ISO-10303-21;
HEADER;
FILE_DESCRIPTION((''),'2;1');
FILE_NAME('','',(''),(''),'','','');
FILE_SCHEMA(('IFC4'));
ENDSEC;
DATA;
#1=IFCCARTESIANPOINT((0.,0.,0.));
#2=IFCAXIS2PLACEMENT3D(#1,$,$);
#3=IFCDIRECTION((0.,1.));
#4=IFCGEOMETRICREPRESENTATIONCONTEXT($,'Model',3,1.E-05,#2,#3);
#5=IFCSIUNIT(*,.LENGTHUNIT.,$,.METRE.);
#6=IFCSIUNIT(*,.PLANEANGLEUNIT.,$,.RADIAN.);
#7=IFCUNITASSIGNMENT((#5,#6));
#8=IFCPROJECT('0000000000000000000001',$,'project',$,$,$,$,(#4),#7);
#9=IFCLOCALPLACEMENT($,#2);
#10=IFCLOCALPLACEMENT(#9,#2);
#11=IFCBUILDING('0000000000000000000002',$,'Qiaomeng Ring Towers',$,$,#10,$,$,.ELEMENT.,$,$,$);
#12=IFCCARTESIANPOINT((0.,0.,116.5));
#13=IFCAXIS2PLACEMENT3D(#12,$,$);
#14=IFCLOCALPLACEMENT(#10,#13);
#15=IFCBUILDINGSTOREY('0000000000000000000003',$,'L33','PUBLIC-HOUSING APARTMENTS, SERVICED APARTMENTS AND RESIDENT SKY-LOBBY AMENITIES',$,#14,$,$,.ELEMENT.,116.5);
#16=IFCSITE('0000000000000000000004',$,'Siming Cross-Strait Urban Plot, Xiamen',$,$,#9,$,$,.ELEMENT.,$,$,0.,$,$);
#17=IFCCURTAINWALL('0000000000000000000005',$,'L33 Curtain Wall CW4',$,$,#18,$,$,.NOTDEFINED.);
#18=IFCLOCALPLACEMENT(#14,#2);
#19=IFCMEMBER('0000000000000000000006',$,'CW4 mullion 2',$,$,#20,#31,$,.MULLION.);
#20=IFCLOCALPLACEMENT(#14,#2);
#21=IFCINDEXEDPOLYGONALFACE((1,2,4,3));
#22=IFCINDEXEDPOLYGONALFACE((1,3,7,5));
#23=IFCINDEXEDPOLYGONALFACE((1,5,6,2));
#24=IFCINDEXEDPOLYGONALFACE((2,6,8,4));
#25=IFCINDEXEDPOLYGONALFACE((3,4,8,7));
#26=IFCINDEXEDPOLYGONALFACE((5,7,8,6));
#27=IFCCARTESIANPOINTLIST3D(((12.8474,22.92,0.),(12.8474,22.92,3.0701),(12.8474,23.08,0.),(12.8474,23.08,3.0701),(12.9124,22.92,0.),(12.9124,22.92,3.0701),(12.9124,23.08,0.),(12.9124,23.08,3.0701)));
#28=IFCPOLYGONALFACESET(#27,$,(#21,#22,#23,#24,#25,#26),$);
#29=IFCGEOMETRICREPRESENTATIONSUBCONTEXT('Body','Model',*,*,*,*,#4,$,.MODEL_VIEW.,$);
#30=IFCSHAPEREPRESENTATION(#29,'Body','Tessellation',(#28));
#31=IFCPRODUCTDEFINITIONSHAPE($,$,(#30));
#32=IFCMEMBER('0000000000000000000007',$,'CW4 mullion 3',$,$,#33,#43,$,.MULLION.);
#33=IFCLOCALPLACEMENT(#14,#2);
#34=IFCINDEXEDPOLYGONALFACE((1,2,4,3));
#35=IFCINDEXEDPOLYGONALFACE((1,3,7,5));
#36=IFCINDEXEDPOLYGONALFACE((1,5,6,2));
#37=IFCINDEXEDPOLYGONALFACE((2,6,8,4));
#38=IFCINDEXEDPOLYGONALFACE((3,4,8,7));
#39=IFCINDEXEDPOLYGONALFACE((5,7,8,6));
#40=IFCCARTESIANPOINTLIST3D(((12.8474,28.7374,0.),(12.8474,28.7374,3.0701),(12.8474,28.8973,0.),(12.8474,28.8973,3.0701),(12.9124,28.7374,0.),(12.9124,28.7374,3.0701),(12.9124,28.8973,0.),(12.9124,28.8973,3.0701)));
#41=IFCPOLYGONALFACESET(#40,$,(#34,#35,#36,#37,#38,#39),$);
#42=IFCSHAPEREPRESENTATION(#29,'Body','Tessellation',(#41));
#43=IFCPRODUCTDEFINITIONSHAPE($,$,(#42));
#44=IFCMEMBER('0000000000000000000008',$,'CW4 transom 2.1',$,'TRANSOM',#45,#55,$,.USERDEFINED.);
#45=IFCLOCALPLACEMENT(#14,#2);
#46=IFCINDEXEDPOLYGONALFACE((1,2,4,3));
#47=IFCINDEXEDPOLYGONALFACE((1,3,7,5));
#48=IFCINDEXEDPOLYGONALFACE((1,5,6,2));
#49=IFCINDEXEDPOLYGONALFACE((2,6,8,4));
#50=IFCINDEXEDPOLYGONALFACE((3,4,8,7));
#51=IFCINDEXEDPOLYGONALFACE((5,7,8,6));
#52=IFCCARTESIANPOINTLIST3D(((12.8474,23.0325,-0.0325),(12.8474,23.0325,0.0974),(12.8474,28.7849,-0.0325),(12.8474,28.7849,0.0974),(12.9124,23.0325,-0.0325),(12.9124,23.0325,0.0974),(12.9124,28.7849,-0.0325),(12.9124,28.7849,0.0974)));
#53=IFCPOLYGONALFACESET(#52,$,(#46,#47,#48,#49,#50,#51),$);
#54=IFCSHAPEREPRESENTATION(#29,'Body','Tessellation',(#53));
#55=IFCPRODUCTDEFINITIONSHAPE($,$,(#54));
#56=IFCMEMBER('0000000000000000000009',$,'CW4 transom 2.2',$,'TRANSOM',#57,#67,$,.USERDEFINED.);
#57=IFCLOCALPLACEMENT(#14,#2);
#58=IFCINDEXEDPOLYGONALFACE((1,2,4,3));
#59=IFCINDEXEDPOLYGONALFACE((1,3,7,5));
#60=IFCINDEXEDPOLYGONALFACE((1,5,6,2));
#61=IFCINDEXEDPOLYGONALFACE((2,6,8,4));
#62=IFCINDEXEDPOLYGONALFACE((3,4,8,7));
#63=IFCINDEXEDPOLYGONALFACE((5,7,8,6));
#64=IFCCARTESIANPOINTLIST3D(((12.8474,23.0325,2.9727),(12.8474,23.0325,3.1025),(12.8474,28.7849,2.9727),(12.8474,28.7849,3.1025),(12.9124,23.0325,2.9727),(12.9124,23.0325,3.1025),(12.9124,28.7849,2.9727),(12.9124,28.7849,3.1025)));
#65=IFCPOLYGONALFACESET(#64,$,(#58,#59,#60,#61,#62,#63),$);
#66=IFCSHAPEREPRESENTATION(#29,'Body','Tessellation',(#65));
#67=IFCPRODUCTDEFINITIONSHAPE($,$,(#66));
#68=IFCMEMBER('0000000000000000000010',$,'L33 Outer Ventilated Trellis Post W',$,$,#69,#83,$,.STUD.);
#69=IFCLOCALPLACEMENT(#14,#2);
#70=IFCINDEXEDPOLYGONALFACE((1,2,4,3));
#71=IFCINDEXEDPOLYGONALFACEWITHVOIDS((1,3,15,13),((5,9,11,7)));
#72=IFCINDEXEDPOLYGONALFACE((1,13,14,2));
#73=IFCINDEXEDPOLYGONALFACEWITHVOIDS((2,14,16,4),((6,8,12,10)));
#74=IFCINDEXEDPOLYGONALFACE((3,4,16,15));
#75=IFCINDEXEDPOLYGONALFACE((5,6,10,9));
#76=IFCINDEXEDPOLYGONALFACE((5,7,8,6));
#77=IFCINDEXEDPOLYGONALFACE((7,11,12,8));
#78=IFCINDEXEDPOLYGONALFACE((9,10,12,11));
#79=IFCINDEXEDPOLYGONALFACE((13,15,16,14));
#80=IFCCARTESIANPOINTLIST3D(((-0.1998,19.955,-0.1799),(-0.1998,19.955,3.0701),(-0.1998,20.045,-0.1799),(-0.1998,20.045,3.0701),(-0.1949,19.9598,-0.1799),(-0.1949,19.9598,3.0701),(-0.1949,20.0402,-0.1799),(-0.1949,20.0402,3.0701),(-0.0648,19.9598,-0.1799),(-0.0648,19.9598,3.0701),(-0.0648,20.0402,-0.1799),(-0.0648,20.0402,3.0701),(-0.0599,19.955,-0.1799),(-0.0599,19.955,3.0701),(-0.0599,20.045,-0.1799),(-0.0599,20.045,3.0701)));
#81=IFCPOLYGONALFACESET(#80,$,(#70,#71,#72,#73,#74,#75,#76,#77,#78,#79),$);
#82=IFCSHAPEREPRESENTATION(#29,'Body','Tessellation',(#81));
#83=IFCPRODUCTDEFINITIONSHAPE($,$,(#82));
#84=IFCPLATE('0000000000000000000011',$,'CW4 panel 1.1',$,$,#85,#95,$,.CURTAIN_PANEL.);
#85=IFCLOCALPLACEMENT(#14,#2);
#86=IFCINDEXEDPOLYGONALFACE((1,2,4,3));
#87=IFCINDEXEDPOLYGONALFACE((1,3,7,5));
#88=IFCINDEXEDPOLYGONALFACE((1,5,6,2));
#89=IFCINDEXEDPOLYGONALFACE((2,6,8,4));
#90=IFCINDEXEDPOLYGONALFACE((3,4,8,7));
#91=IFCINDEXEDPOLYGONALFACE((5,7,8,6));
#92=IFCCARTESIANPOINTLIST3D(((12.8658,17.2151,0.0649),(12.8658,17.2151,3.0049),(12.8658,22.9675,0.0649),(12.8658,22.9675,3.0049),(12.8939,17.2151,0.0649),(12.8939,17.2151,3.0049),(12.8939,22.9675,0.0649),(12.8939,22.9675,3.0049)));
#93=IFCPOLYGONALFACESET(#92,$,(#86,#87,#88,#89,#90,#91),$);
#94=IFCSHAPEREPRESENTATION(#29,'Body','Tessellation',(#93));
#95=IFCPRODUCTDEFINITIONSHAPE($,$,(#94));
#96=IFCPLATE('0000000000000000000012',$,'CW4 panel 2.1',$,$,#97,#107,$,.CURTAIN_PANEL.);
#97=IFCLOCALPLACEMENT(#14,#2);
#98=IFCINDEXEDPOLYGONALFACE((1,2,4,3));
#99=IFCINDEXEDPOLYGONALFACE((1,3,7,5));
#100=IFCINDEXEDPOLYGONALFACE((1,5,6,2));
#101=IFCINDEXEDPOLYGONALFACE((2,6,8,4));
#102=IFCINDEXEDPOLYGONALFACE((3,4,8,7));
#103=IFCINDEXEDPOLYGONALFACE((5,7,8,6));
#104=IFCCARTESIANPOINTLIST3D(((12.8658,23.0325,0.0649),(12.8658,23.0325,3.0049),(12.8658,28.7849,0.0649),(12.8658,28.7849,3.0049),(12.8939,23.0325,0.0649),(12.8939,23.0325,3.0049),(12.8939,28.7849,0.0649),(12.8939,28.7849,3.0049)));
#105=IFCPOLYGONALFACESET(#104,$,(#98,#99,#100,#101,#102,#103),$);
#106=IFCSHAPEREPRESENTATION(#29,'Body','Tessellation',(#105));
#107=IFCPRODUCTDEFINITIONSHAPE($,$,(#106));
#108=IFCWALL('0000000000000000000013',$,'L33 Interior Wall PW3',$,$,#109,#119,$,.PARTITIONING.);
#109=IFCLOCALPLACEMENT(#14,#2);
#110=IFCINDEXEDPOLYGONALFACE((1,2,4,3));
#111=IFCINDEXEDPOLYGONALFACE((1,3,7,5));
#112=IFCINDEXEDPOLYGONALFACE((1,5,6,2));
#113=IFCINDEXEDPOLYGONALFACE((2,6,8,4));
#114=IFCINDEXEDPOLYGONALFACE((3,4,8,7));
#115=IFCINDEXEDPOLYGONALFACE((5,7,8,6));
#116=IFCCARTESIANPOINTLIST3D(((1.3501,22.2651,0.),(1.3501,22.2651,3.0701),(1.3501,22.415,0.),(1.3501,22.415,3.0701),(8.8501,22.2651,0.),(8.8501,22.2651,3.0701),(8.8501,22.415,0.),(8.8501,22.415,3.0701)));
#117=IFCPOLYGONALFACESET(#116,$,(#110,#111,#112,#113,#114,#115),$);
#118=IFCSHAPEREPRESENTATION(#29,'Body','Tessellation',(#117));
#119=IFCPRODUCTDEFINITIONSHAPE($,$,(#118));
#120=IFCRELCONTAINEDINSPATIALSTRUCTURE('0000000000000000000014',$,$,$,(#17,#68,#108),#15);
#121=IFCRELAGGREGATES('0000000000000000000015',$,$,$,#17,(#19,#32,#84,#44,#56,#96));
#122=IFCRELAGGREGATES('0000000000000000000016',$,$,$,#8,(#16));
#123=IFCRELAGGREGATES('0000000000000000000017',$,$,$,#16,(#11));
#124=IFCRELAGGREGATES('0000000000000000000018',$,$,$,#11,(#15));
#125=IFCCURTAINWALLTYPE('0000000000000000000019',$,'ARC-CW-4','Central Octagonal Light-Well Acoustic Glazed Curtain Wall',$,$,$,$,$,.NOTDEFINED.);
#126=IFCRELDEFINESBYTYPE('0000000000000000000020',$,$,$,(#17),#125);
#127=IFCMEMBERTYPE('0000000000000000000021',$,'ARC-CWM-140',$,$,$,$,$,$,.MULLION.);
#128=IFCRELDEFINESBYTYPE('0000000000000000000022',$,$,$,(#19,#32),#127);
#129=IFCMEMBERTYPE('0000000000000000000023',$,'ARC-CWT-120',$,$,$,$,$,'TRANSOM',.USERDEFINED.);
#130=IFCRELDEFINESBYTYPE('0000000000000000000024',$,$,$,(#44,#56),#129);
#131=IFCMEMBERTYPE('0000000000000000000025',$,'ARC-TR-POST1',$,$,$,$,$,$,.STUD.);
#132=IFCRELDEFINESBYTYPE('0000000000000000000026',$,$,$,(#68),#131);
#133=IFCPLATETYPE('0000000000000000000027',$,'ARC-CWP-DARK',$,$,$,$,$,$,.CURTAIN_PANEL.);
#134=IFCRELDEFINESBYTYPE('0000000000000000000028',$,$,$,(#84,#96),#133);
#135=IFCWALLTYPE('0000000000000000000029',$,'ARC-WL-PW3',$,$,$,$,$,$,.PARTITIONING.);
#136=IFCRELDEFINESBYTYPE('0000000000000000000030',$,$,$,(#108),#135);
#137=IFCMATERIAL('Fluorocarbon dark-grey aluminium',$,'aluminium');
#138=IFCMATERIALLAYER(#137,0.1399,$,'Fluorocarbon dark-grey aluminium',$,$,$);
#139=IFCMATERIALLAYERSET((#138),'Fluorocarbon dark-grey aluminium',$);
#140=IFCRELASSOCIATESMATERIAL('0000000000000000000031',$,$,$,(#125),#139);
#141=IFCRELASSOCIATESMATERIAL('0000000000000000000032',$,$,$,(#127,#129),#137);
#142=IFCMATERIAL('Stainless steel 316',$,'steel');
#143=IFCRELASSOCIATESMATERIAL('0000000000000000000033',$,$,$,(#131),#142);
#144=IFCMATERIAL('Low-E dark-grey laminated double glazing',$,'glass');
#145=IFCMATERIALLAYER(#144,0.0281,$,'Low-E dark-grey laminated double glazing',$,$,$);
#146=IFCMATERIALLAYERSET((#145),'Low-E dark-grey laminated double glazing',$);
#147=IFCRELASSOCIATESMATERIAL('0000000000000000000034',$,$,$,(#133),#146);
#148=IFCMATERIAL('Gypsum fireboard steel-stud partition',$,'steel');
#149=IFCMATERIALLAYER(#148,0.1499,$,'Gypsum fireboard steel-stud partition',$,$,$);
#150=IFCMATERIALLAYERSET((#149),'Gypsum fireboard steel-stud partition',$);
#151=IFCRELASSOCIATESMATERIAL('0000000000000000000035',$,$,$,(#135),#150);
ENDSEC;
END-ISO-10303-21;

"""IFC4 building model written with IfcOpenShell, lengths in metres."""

from ifc_helpers import new_model, si_unit, direction, frame, frame_2d, origin, origin_2d, place, context, subcontext, project, spatial, rectangle, hollow_rectangle, extrude, source, transform, mapped, material, layer, layer_set, material_profile, profile_set, type_object, element, aggregate, save


model = new_model("IFC4")

# Units and contexts
model_context = context("Model", 3, precision=1e-05, world=origin(), true_north=direction((0.0, 1.0)))
body_context = subcontext(model_context, "Body", "Model", "MODEL_VIEW")
ifc_project = project(units=[si_unit("LENGTHUNIT", "METRE"), si_unit("PLANEANGLEUNIT", "RADIAN")], contexts=[model_context])

# Site, building, storey
site_placement = place(None, origin())
site = spatial("IfcSite", under=ifc_project, at=site_placement, Name="Siming Cross-Strait Urban Plot, Xiamen", CompositionType="ELEMENT", RefElevation=0.0)
building_placement = place(site_placement, origin())
building = spatial("IfcBuilding", under=site, at=building_placement, Name="Qiaomeng Ring Towers", CompositionType="ELEMENT")
storey_placement = place(building_placement, frame((0.0, 0.0, 116.5)))
storey = spatial("IfcBuildingStorey", under=building, at=storey_placement, Name="L33", Description="PUBLIC-HOUSING APARTMENTS, SERVICED APARTMENTS AND RESIDENT SKY-LOBBY AMENITIES", CompositionType="ELEMENT", Elevation=116.5)

# Curtain wall, members
ifc_material_1 = material(Name="Fluorocarbon dark-grey aluminium", Category="aluminium")
ifc_layer_1 = layer(ifc_material_1, 0.1399, Name="Fluorocarbon dark-grey aluminium")
ifc_layer_set_1 = layer_set([ifc_layer_1], Name="Fluorocarbon dark-grey aluminium")
curtain_wall_type = type_object("IfcCurtainWallType", Name="ARC-CW-4", Description="Central Octagonal Light-Well Acoustic Glazed Curtain Wall", PredefinedType="NOTDEFINED", material=ifc_layer_set_1)
curtain_wall_placement = place(storey_placement, origin())
curtain_wall = element("IfcCurtainWall", 1, at=curtain_wall_placement, inside=storey, type_object=curtain_wall_type, Name="L33 Curtain Wall CW4", PredefinedType="NOTDEFINED")
ifc_material_profile_1 = material_profile(ifc_material_1, rectangle(XDim=0.0649, YDim=0.1599, at=origin_2d()), Name="ALU MULL 65x160")
ifc_profile_set_1 = profile_set([ifc_material_profile_1], Name="Fluorocarbon dark-grey aluminium")
member_type_1 = type_object("IfcMemberType", Name="ARC-CWM-140", PredefinedType="MULLION", material=ifc_profile_set_1)
shared_shape_1 = source(origin(), body_context, "Body", "SweptSolid", [
    extrude(rectangle(XDim=0.0649, YDim=0.1599, at=origin_2d()), origin(), (0.0, 0.0, 1.0), 3.0701),
])
member_1_placement = place(storey_placement, frame((12.8799, 23.0, 0.0), z_axis=(0.0, 0.0, 1.0), x_axis=(-1.0, 0.0, 0.0)))
member_1 = element("IfcMember", 2, at=member_1_placement, type_object=member_type_1, Name="CW4 mullion 2", PredefinedType="MULLION", context=body_context, shape_type="MappedRepresentation", body=[
    mapped(shared_shape_1, transform((0.0, 0.0, 0.0), x_axis=(1.0, 0.0, 0.0), y_axis=(0.0, 1.0, 0.0), z_axis=(0.0, 0.0, 1.0), scale=1.0)),
])
member_2_placement = place(storey_placement, frame((12.8799, 28.8174, 0.0), z_axis=(0.0, 0.0, 1.0), x_axis=(-1.0, 0.0, 0.0)))
member_2 = element("IfcMember", 3, at=member_2_placement, type_object=member_type_1, Name="CW4 mullion 3", PredefinedType="MULLION", context=body_context, shape_type="MappedRepresentation", body=[
    mapped(shared_shape_1, transform((0.0, 0.0, 0.0), x_axis=(1.0, 0.0, 0.0), y_axis=(0.0, 1.0, 0.0), z_axis=(0.0, 0.0, 1.0), scale=1.0)),
])
ifc_material_profile_2 = material_profile(ifc_material_1, rectangle(XDim=0.0649, YDim=0.1299, at=origin_2d()), Name="ALU TRAN 65x130")
ifc_profile_set_2 = profile_set([ifc_material_profile_2], Name="Fluorocarbon dark-grey aluminium")
member_type_2 = type_object("IfcMemberType", Name="ARC-CWT-120", ElementType="TRANSOM", PredefinedType="USERDEFINED", material=ifc_profile_set_2)
shared_shape_2 = source(origin(), body_context, "Body", "SweptSolid", [
    extrude(rectangle(XDim=0.0649, YDim=0.1299, at=origin_2d()), origin(), (0.0, 0.0, 1.0), 5.7524),
])
member_3_placement = place(storey_placement, frame((12.8799, 23.0325, 0.0325), z_axis=(0.0, 1.0, 0.0), x_axis=(-1.0, 0.0, 0.0)))
member_3 = element("IfcMember", 4, at=member_3_placement, type_object=member_type_2, Name="CW4 transom 2.1", ObjectType="TRANSOM", PredefinedType="USERDEFINED", context=body_context, shape_type="MappedRepresentation", body=[
    mapped(shared_shape_2, transform((0.0, 0.0, 0.0), x_axis=(1.0, 0.0, 0.0), y_axis=(0.0, 1.0, 0.0), z_axis=(0.0, 0.0, 1.0), scale=1.0)),
])
member_4_placement = place(storey_placement, frame((12.8799, 23.0325, 3.0376), z_axis=(0.0, 1.0, 0.0), x_axis=(-1.0, 0.0, 0.0)))
member_4 = element("IfcMember", 5, at=member_4_placement, type_object=member_type_2, Name="CW4 transom 2.2", ObjectType="TRANSOM", PredefinedType="USERDEFINED", context=body_context, shape_type="MappedRepresentation", body=[
    mapped(shared_shape_2, transform((0.0, 0.0, 0.0), x_axis=(1.0, 0.0, 0.0), y_axis=(0.0, 1.0, 0.0), z_axis=(0.0, 0.0, 1.0), scale=1.0)),
])

# Member
ifc_material_2 = material(Name="Stainless steel 316", Category="steel")
ifc_material_profile_3 = material_profile(ifc_material_2, hollow_rectangle(XDim=0.0901, YDim=0.1399, WallThickness=0.0049, at=origin_2d()), Name="SS TRELLIS 90x140")
ifc_profile_set_3 = profile_set([ifc_material_profile_3], Name="Stainless steel 316")
member_type_3 = type_object("IfcMemberType", Name="ARC-TR-POST1", PredefinedType="STUD", material=ifc_profile_set_3)
shared_shape_3 = source(origin(), body_context, "Body", "SweptSolid", [
    extrude(hollow_rectangle(XDim=0.0901, YDim=0.1399, WallThickness=0.0049, at=origin_2d()), origin(), (0.0, 0.0, 1.0), 3.25),
])
member_5_placement = place(storey_placement, frame((-0.1299, 20.0, -0.1799), z_axis=(0.0, 0.0, 1.0), x_axis=(0.0, 1.0, 0.0)))
element("IfcMember", 6, at=member_5_placement, inside=storey, type_object=member_type_3, Name="L33 Outer Ventilated Trellis Post W", PredefinedType="STUD", context=body_context, shape_type="MappedRepresentation", body=[
    mapped(shared_shape_3, transform((0.0, 0.0, 0.0), x_axis=(1.0, 0.0, 0.0), y_axis=(0.0, 1.0, 0.0), z_axis=(0.0, 0.0, 1.0), scale=1.0)),
])

# Plates
ifc_material_3 = material(Name="Low-E dark-grey laminated double glazing", Category="glass")
ifc_layer_2 = layer(ifc_material_3, 0.0281, Name="Low-E dark-grey laminated double glazing")
ifc_layer_set_2 = layer_set([ifc_layer_2], Name="Low-E dark-grey laminated double glazing")
plate_type = type_object("IfcPlateType", Name="ARC-CWP-DARK", PredefinedType="CURTAIN_PANEL", material=ifc_layer_set_2)
shared_shape_4 = source(origin(), body_context, "Body", "SweptSolid", [
    extrude(rectangle(XDim=5.7524, YDim=0.0281, at=origin_2d()), origin(), (0.0, 0.0, 1.0), 2.9399),
])
plate_1_placement = place(storey_placement, frame((12.8799, 20.0913, 0.0649), z_axis=(0.0, 0.0, 1.0), x_axis=(0.0, 1.0, 0.0)))
plate_1 = element("IfcPlate", 7, at=plate_1_placement, type_object=plate_type, Name="CW4 panel 1.1", PredefinedType="CURTAIN_PANEL", context=body_context, shape_type="MappedRepresentation", body=[
    mapped(shared_shape_4, transform((0.0, 0.0, 0.0), x_axis=(1.0, 0.0, 0.0), y_axis=(0.0, 1.0, 0.0), z_axis=(0.0, 0.0, 1.0), scale=1.0)),
])
plate_2_placement = place(storey_placement, frame((12.8799, 25.9087, 0.0649), z_axis=(0.0, 0.0, 1.0), x_axis=(0.0, 1.0, 0.0)))
plate_2 = element("IfcPlate", 8, at=plate_2_placement, type_object=plate_type, Name="CW4 panel 2.1", PredefinedType="CURTAIN_PANEL", context=body_context, shape_type="MappedRepresentation", body=[
    mapped(shared_shape_4, transform((0.0, 0.0, 0.0), x_axis=(1.0, 0.0, 0.0), y_axis=(0.0, 1.0, 0.0), z_axis=(0.0, 0.0, 1.0), scale=1.0)),
])
aggregate(curtain_wall, [member_1, member_2, plate_1, member_3, member_4, plate_2])

# Wall
ifc_material_4 = material(Name="Gypsum fireboard steel-stud partition", Category="steel")
ifc_layer_3 = layer(ifc_material_4, 0.1499, Name="Gypsum fireboard steel-stud partition")
ifc_layer_set_3 = layer_set([ifc_layer_3], Name="Gypsum fireboard steel-stud partition")
wall_type_1 = type_object("IfcWallType", Name="ARC-WL-PW3", PredefinedType="PARTITIONING", material=ifc_layer_set_3)
wall_1_placement = place(storey_placement, frame((1.3501, 22.3401, 0.0), z_axis=(0.0, 0.0, 1.0), x_axis=(1.0, 0.0, 0.0)))
element("IfcWall", 9, at=wall_1_placement, inside=storey, type_object=wall_type_1, Name="L33 Interior Wall PW3", PredefinedType="PARTITIONING", context=body_context, shape_type="SweptSolid", body=[
    extrude(rectangle(XDim=7.5, YDim=0.1499, at=frame_2d((3.75, 0.0))), origin(), (0.0, 0.0, 1.0), 3.0701),
])

save(model, "model.ifc")
